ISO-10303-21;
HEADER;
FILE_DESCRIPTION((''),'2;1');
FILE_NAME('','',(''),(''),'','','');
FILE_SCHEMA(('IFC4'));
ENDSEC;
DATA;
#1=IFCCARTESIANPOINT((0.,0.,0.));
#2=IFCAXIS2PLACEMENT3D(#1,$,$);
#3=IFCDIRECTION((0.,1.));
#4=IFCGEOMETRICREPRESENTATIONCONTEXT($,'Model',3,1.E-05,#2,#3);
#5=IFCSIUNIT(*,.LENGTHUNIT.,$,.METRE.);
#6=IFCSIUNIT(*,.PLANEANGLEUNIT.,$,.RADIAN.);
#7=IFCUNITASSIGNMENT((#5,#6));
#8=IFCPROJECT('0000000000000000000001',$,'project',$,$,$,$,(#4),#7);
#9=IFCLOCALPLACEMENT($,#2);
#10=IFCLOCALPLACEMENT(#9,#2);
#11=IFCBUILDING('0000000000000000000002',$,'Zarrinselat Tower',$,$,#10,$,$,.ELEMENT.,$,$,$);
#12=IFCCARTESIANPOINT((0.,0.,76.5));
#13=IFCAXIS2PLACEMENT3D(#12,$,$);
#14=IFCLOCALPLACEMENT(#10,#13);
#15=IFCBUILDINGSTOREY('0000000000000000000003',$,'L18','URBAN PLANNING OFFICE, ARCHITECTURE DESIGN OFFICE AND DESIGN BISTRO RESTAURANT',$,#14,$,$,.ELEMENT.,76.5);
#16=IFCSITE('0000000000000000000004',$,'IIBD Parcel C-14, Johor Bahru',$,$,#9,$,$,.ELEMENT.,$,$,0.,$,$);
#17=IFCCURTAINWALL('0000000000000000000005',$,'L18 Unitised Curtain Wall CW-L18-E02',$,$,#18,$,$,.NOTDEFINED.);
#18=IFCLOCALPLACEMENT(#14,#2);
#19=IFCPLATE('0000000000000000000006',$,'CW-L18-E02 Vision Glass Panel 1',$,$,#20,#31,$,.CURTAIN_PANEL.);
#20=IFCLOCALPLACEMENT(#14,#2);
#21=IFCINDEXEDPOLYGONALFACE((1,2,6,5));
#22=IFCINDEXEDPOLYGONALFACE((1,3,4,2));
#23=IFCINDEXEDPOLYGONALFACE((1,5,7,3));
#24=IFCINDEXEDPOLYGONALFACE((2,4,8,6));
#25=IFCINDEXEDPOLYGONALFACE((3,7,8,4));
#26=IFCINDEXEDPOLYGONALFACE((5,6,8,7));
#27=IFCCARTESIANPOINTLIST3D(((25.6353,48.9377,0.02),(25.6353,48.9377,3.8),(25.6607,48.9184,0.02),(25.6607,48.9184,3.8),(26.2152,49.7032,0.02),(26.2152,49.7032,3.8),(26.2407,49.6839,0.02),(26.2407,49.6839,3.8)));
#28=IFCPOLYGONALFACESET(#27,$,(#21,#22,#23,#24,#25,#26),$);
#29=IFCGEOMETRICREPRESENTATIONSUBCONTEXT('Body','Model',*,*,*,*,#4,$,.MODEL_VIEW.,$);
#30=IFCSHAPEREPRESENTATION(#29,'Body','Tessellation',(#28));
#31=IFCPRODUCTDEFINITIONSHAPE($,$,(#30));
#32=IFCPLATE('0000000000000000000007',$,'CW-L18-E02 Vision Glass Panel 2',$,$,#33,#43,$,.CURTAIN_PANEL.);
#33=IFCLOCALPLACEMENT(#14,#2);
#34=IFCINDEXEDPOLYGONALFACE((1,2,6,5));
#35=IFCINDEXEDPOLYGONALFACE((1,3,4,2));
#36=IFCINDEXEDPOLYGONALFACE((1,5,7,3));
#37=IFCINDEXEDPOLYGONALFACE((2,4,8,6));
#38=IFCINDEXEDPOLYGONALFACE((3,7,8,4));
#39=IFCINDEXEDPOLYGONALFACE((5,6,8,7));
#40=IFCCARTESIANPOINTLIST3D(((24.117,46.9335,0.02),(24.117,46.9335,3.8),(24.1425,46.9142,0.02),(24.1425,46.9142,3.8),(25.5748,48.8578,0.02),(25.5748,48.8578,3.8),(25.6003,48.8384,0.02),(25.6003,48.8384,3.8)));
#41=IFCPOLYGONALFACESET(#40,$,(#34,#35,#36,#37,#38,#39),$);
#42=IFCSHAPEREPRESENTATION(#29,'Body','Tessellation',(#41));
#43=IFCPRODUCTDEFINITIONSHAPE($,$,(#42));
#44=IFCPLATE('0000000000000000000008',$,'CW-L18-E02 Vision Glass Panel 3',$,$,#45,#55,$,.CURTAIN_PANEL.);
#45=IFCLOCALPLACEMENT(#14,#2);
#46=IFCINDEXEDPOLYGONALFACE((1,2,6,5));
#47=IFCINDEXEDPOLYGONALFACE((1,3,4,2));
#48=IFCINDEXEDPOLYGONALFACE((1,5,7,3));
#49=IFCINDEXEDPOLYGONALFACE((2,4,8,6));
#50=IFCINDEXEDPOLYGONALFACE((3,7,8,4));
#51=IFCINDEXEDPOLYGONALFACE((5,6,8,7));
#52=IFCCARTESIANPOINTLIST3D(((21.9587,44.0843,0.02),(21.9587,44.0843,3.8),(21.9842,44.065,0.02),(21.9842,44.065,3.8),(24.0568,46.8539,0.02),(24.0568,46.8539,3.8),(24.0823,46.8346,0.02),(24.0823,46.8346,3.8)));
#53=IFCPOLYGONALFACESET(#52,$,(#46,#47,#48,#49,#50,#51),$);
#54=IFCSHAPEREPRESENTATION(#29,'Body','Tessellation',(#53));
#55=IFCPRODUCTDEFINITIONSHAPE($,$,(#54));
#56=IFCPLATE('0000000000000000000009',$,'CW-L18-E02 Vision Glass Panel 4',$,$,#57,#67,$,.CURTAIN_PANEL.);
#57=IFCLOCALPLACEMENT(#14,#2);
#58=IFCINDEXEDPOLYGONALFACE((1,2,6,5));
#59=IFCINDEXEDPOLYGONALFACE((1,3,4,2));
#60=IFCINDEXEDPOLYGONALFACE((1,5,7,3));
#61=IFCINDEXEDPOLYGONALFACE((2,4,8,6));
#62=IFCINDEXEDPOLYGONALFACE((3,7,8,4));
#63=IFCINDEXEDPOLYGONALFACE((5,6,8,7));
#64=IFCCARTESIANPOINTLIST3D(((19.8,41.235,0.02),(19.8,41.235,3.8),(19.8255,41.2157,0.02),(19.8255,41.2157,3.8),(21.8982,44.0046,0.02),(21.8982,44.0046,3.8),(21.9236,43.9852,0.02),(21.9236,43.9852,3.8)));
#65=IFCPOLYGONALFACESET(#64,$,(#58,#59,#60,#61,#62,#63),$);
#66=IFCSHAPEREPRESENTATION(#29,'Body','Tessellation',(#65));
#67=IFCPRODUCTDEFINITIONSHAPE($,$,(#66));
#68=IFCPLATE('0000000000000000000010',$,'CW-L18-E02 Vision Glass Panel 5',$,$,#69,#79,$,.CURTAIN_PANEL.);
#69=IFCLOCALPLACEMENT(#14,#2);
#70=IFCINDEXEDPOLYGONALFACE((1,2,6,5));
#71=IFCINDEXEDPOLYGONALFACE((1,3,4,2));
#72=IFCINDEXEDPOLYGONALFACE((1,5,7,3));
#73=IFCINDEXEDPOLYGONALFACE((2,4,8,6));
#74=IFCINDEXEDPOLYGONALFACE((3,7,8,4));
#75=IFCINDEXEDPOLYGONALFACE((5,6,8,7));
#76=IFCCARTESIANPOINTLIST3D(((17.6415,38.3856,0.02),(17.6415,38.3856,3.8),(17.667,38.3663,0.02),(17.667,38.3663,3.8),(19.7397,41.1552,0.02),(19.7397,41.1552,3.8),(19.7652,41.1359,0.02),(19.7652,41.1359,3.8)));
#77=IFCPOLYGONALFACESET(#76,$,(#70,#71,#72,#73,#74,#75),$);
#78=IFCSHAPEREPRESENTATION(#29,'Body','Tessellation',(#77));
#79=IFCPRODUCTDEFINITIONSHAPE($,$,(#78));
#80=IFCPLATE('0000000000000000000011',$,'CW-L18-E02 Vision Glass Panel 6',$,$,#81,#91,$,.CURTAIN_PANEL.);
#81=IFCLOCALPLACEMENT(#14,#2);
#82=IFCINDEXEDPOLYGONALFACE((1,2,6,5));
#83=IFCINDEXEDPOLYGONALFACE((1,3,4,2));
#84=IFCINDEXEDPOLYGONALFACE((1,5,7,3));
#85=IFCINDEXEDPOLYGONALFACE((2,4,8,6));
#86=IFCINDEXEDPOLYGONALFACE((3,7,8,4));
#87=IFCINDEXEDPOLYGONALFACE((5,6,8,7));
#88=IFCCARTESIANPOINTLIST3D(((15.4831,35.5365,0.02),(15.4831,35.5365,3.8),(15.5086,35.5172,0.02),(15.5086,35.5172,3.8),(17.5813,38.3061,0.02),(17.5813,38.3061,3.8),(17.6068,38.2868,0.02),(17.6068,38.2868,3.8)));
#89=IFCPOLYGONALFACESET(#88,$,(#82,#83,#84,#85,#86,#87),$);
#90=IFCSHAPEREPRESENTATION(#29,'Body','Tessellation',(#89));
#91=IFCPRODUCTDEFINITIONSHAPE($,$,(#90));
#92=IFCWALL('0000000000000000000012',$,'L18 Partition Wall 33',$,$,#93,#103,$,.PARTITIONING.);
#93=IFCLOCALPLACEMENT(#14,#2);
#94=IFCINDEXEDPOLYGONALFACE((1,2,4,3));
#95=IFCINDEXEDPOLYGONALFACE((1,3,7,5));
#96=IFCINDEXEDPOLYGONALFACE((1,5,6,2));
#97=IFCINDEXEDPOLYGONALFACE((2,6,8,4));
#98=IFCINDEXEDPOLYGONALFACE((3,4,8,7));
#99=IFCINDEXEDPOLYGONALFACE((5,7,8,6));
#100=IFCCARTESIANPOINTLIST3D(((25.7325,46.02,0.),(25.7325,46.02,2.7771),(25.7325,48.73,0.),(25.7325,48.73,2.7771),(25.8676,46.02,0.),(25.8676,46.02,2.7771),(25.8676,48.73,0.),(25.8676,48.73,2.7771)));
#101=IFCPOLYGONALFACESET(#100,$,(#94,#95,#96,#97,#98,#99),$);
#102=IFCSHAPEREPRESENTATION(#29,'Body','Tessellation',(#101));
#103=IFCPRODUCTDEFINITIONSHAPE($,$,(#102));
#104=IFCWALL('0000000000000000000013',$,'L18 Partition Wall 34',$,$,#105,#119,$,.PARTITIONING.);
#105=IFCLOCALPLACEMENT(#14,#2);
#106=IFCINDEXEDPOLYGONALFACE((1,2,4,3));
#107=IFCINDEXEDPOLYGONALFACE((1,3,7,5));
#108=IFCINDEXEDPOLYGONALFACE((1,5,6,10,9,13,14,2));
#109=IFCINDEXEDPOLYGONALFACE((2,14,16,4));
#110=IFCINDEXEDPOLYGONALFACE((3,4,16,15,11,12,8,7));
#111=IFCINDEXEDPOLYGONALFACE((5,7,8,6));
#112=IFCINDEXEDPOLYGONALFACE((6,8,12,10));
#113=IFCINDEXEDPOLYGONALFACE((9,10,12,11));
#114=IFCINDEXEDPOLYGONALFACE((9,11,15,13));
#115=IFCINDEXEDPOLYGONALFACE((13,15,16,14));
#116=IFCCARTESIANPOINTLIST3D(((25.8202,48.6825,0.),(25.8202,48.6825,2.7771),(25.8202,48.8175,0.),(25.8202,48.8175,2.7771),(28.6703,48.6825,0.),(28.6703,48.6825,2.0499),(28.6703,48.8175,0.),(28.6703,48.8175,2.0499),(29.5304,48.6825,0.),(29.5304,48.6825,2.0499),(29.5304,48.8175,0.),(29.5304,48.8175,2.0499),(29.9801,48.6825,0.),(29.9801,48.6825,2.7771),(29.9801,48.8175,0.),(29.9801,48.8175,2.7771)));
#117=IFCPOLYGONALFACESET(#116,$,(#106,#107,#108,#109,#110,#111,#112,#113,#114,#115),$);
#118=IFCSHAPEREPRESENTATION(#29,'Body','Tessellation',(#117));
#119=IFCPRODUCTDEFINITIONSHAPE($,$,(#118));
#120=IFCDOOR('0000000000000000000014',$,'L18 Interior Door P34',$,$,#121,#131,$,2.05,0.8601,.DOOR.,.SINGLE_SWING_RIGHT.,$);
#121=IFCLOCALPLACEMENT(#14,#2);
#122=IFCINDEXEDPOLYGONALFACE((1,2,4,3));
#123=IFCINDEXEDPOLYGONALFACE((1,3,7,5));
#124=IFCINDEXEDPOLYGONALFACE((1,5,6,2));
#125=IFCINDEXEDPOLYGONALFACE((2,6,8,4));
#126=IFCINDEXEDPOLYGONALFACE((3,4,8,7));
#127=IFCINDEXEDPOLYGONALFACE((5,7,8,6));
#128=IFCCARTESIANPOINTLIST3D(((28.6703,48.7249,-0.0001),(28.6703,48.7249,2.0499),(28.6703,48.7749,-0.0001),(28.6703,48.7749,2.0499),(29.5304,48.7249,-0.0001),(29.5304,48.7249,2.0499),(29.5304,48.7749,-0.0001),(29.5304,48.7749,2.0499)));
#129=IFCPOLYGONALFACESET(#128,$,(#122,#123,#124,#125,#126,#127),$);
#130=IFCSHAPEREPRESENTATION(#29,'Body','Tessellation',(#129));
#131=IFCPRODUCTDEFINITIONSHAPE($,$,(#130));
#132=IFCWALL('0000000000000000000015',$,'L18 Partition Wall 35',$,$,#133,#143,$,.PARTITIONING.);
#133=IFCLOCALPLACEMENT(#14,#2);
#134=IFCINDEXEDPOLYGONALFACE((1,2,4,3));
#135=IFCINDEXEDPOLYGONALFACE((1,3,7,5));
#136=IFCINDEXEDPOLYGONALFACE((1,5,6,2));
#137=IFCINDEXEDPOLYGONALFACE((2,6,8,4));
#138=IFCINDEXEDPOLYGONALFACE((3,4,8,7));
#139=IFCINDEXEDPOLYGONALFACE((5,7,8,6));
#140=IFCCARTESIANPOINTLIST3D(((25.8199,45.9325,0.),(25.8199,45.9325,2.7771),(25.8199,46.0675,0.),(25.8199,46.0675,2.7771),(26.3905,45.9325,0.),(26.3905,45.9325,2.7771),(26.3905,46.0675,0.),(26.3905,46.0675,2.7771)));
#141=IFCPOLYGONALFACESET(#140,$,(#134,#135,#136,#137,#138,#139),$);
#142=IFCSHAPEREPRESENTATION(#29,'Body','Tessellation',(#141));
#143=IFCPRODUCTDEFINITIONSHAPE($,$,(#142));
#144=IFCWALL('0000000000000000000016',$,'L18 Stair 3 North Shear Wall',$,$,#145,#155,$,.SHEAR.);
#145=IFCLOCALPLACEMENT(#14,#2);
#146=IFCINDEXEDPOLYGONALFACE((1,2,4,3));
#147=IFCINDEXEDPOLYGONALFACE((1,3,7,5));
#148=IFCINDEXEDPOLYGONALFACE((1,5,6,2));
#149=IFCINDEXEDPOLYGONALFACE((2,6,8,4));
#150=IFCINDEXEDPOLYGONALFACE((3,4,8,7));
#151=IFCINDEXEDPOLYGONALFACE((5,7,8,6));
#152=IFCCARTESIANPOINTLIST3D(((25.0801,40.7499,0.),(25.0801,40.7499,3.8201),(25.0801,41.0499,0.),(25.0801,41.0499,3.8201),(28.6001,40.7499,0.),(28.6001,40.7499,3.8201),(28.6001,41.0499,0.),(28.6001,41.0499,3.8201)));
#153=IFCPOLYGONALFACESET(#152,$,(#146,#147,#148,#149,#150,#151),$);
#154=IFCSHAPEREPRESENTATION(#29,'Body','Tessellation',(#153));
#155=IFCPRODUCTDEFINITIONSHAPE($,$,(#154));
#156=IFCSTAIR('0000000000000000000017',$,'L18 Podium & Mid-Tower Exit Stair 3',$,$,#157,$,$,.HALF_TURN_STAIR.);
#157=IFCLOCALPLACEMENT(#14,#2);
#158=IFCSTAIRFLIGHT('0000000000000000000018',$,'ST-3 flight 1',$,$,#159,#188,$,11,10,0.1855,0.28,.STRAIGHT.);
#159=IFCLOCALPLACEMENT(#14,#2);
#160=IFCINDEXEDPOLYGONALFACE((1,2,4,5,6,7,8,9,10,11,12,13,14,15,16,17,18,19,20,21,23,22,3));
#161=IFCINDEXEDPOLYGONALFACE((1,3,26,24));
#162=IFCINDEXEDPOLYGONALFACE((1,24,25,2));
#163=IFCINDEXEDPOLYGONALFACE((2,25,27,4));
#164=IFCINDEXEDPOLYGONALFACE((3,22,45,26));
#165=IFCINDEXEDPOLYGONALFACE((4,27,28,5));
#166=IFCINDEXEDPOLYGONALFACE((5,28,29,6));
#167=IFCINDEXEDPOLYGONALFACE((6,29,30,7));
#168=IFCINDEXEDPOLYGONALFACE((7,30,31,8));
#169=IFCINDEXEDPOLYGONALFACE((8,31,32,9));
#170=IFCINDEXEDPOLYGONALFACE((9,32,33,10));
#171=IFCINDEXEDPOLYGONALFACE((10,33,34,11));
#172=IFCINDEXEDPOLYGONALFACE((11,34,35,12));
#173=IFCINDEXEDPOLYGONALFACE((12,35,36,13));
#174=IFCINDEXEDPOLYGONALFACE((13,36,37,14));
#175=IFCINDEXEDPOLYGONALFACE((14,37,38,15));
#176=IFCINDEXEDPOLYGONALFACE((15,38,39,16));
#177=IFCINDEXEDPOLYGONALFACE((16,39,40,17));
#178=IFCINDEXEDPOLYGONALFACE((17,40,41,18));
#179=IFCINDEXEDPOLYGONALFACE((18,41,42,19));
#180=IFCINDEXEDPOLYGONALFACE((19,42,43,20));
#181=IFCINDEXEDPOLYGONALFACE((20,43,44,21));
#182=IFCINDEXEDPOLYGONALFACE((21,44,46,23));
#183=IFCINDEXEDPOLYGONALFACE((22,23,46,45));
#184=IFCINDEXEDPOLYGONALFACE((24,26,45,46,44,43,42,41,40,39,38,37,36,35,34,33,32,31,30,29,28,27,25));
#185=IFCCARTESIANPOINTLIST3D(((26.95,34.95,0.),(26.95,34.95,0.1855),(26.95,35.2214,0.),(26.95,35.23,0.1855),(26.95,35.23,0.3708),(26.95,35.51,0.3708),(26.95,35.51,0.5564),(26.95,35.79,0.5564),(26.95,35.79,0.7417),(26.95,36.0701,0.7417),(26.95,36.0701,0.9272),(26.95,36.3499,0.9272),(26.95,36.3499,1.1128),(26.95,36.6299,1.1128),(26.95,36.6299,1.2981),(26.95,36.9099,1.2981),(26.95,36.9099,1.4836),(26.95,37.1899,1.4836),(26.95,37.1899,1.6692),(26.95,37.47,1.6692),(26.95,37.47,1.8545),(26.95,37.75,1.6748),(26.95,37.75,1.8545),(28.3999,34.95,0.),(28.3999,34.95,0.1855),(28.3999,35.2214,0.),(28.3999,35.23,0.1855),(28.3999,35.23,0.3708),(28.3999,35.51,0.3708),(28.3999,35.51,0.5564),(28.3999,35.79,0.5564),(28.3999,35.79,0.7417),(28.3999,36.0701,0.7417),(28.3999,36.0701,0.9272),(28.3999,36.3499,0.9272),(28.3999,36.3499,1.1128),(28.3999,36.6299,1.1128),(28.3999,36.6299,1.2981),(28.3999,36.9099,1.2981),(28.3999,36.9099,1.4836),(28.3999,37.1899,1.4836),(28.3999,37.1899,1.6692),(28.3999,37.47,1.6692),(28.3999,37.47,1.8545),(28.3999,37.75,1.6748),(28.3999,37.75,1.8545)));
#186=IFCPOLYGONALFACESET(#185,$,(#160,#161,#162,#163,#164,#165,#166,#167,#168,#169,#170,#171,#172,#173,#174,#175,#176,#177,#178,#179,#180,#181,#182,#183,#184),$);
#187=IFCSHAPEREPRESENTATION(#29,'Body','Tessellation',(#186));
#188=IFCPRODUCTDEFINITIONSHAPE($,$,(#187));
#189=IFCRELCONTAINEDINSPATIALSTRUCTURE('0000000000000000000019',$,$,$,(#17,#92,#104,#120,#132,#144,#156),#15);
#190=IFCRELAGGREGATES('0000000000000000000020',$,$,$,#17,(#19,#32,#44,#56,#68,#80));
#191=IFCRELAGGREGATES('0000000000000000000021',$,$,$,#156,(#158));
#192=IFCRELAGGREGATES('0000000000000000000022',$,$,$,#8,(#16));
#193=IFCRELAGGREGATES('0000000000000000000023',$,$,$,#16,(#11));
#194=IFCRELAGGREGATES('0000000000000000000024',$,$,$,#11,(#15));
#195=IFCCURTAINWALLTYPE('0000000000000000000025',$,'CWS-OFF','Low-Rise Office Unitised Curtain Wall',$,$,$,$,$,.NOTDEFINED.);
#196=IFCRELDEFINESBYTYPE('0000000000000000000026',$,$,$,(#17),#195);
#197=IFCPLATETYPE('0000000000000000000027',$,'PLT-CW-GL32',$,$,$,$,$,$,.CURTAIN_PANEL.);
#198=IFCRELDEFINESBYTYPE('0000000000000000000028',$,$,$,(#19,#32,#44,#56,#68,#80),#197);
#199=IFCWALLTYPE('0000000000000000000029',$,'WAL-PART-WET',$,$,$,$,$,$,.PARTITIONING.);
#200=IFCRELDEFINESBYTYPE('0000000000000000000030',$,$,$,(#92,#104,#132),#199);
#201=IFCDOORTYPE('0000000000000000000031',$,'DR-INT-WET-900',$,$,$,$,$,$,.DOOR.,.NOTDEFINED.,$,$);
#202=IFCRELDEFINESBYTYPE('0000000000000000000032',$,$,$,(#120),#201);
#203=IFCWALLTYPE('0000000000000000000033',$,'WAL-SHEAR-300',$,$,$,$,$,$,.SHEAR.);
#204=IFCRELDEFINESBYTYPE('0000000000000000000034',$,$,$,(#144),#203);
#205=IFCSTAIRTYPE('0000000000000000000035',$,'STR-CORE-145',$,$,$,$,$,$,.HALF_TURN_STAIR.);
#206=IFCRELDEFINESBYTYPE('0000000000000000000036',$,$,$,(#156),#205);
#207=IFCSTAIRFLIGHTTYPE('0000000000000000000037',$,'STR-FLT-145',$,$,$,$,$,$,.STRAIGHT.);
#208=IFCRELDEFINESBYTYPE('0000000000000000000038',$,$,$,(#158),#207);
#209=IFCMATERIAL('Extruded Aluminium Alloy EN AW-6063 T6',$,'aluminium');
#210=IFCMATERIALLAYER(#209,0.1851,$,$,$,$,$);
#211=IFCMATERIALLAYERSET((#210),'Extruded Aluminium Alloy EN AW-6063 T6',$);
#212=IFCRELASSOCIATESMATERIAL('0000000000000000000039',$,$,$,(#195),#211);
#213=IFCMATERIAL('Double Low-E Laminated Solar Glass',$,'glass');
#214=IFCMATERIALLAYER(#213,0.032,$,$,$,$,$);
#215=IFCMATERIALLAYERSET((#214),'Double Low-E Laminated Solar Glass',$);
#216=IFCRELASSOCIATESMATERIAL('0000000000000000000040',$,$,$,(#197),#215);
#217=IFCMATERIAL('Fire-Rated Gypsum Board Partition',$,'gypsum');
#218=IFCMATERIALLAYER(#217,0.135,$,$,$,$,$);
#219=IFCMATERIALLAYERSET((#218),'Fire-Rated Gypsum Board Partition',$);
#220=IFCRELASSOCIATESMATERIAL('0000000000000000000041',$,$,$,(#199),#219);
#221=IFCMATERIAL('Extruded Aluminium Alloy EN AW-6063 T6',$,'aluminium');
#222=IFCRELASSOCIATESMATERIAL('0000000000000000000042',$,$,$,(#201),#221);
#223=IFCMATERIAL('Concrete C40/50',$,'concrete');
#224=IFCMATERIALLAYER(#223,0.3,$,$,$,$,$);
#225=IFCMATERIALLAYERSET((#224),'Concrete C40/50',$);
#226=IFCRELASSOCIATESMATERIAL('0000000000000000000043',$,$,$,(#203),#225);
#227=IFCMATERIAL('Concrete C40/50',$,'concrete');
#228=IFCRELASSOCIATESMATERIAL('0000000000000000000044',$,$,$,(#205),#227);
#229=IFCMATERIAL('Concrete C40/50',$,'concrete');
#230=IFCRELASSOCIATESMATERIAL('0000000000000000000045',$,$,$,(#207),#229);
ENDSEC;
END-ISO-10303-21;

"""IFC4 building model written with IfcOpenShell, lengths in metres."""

from ifc_helpers import new_model, si_unit, direction, frame, frame_2d, origin, origin_2d, place, context, subcontext, project, spatial, polyline, rectangle, outline, extrude, material, layer, layer_set, type_object, element, fill, aggregate, save


model = new_model("IFC4")

# Units and contexts
model_context = context("Model", 3, precision=1e-05, world=origin(), true_north=direction((0.0, 1.0)))
body_context = subcontext(model_context, "Body", "Model", "MODEL_VIEW")
ifc_project = project(units=[si_unit("LENGTHUNIT", "METRE"), si_unit("PLANEANGLEUNIT", "RADIAN")], contexts=[model_context])

# Site, building, storey
site_placement = place(None, origin())
site = spatial("IfcSite", under=ifc_project, at=site_placement, Name="IIBD Parcel C-14, Johor Bahru", CompositionType="ELEMENT", RefElevation=0.0)
building_placement = place(site_placement, origin())
building = spatial("IfcBuilding", under=site, at=building_placement, Name="Zarrinselat Tower", CompositionType="ELEMENT")
storey_placement = place(building_placement, frame((0.0, 0.0, 76.5)))
storey = spatial("IfcBuildingStorey", under=building, at=storey_placement, Name="L18", Description="URBAN PLANNING OFFICE, ARCHITECTURE DESIGN OFFICE AND DESIGN BISTRO RESTAURANT", CompositionType="ELEMENT", Elevation=76.5)

# Shared definitions
ifc_material_1 = material(Name="Extruded Aluminium Alloy EN AW-6063 T6", Category="aluminium")
ifc_layer_1 = layer(ifc_material_1, 0.1851)
ifc_layer_set_1 = layer_set([ifc_layer_1], Name="Extruded Aluminium Alloy EN AW-6063 T6")
curtain_wall_type = type_object("IfcCurtainWallType", Name="CWS-OFF", Description="Low-Rise Office Unitised Curtain Wall", PredefinedType="NOTDEFINED", material=ifc_layer_set_1)

# Curtain wall
curtain_wall_1_placement = place(storey_placement, origin())
curtain_wall_1 = element("IfcCurtainWall", 1, at=curtain_wall_1_placement, inside=storey, type_object=curtain_wall_type, Name="L18 Unitised Curtain Wall CW-L18-E02", PredefinedType="NOTDEFINED")

# Plates
ifc_material_2 = material(Name="Double Low-E Laminated Solar Glass", Category="glass")
ifc_layer_2 = layer(ifc_material_2, 0.032)
ifc_layer_set_2 = layer_set([ifc_layer_2], Name="Double Low-E Laminated Solar Glass")
plate_type = type_object("IfcPlateType", Name="PLT-CW-GL32", PredefinedType="CURTAIN_PANEL", material=ifc_layer_set_2)
plate_1_placement = place(storey_placement, frame((25.938, 49.3108, 0.02), z_axis=(0.0, 0.0, 1.0), x_axis=(-0.603857, -0.797093, 0.0)))
plate_1 = element("IfcPlate", 2, at=plate_1_placement, type_object=plate_type, Name="CW-L18-E02 Vision Glass Panel 1", PredefinedType="CURTAIN_PANEL", context=body_context, shape_type="SweptSolid", body=[
    extrude(rectangle(XDim=0.9604, YDim=0.032, at=origin_2d()), origin(), (0.0, 0.0, 1.0), 3.78),
])
plate_2_placement = place(storey_placement, frame((24.8586, 47.886, 0.02), z_axis=(0.0, 0.0, 1.0), x_axis=(-0.603857, -0.797093, 0.0)))
plate_2 = element("IfcPlate", 3, at=plate_2_placement, type_object=plate_type, Name="CW-L18-E02 Vision Glass Panel 2", PredefinedType="CURTAIN_PANEL", context=body_context, shape_type="SweptSolid", body=[
    extrude(rectangle(XDim=2.4141, YDim=0.032, at=origin_2d()), origin(), (0.0, 0.0, 1.0), 3.78),
])
plate_3_placement = place(storey_placement, frame((23.0205, 45.4595, 0.02), z_axis=(0.0, 0.0, 1.0), x_axis=(-0.603857, -0.797093, 0.0)))
plate_3 = element("IfcPlate", 4, at=plate_3_placement, type_object=plate_type, Name="CW-L18-E02 Vision Glass Panel 3", PredefinedType="CURTAIN_PANEL", context=body_context, shape_type="SweptSolid", body=[
    extrude(rectangle(XDim=3.4746, YDim=0.032, at=origin_2d()), origin(), (0.0, 0.0, 1.0), 3.78),
])
plate_4_placement = place(storey_placement, frame((20.8618, 42.6101, 0.02), z_axis=(0.0, 0.0, 1.0), x_axis=(-0.603857, -0.797093, 0.0)))
plate_4 = element("IfcPlate", 5, at=plate_4_placement, type_object=plate_type, Name="CW-L18-E02 Vision Glass Panel 4", PredefinedType="CURTAIN_PANEL", context=body_context, shape_type="SweptSolid", body=[
    extrude(rectangle(XDim=3.4746, YDim=0.032, at=origin_2d()), origin(), (0.0, 0.0, 1.0), 3.78),
])
plate_5_placement = place(storey_placement, frame((18.7034, 39.7607, 0.02), z_axis=(0.0, 0.0, 1.0), x_axis=(-0.603857, -0.797093, 0.0)))
plate_5 = element("IfcPlate", 6, at=plate_5_placement, type_object=plate_type, Name="CW-L18-E02 Vision Glass Panel 5", PredefinedType="CURTAIN_PANEL", context=body_context, shape_type="SweptSolid", body=[
    extrude(rectangle(XDim=3.4746, YDim=0.032, at=origin_2d()), origin(), (0.0, 0.0, 1.0), 3.78),
])
plate_6_placement = place(storey_placement, frame((16.5449, 36.9116, 0.02), z_axis=(0.0, 0.0, 1.0), x_axis=(-0.603857, -0.797093, 0.0)))
plate_6 = element("IfcPlate", 7, at=plate_6_placement, type_object=plate_type, Name="CW-L18-E02 Vision Glass Panel 6", PredefinedType="CURTAIN_PANEL", context=body_context, shape_type="SweptSolid", body=[
    extrude(rectangle(XDim=3.4746, YDim=0.032, at=origin_2d()), origin(), (0.0, 0.0, 1.0), 3.78),
])
aggregate(curtain_wall_1, [plate_1, plate_2, plate_3, plate_4, plate_5, plate_6])

# Wall
ifc_material_3 = material(Name="Fire-Rated Gypsum Board Partition", Category="gypsum")
ifc_layer_3 = layer(ifc_material_3, 0.135)
ifc_layer_set_3 = layer_set([ifc_layer_3], Name="Fire-Rated Gypsum Board Partition")
wall_type_1 = type_object("IfcWallType", Name="WAL-PART-WET", PredefinedType="PARTITIONING", material=ifc_layer_set_3)
wall_1_placement = place(storey_placement, frame((25.8, 46.02, 0.0), z_axis=(0.0, 0.0, 1.0), x_axis=(0.0, 1.0, 0.0)))
element("IfcWall", 8, at=wall_1_placement, inside=storey, type_object=wall_type_1, Name="L18 Partition Wall 33", PredefinedType="PARTITIONING", context=body_context, shape_type="SweptSolid", body=[
    extrude(rectangle(XDim=2.71, YDim=0.135, at=frame_2d((1.355, 0.0))), origin(), (0.0, 0.0, 1.0), 2.7771),
])

# Wall, opening, door
wall_2_placement = place(storey_placement, frame((25.8201, 48.75, 0.0), z_axis=(0.0, 0.0, 1.0), x_axis=(1.0, 0.0, 0.0)))
wall_2 = element("IfcWall", 9, at=wall_2_placement, inside=storey, type_object=wall_type_1, Name="L18 Partition Wall 34", PredefinedType="PARTITIONING", context=body_context, shape_type="SweptSolid", body=[
    extrude(rectangle(XDim=4.1599, YDim=0.135, at=frame_2d((2.0801, 0.0))), origin(), (0.0, 0.0, 1.0), 2.7771),
])
opening_placement = place(wall_2_placement, frame((2.8501, 0.0, 0.0)))
opening = element("IfcOpeningElement", 10, at=opening_placement, cuts=wall_2, PredefinedType="OPENING", context=body_context, shape_type="SweptSolid", body=[
    extrude(rectangle(XDim=0.8601, YDim=2.05, at=frame_2d((0.4302, 1.0249))), frame((0.0, 0.0774, 0.0), z_axis=(0.0, -1.0, 0.0), x_axis=(1.0, 0.0, 0.0)), (0.0, 0.0, 1.0), 0.155),
])
ifc_material_4 = material(Name="Extruded Aluminium Alloy EN AW-6063 T6", Category="aluminium")
door_type = type_object("IfcDoorType", Name="DR-INT-WET-900", OperationType="NOTDEFINED", PredefinedType="DOOR", material=ifc_material_4)
door_placement = place(opening_placement, origin())
door = element("IfcDoor", 11, at=door_placement, inside=storey, type_object=door_type, Name="L18 Interior Door P34", OperationType="SINGLE_SWING_RIGHT", OverallHeight=2.05, OverallWidth=0.8601, PredefinedType="DOOR", context=body_context, shape_type="SweptSolid", body=[
    extrude(rectangle(XDim=0.8601, YDim=2.05, at=frame_2d((0.4302, 1.0249))), frame((0.0, 0.0249, 0.0), z_axis=(0.0, -1.0, 0.0), x_axis=(1.0, 0.0, 0.0)), (0.0, 0.0, 1.0), 0.05),
])
fill(opening, door)

# Walls
wall_3_placement = place(storey_placement, frame((25.8201, 46.0, 0.0), z_axis=(0.0, 0.0, 1.0), x_axis=(1.0, 0.0, 0.0)))
element("IfcWall", 12, at=wall_3_placement, inside=storey, type_object=wall_type_1, Name="L18 Partition Wall 35", PredefinedType="PARTITIONING", context=body_context, shape_type="SweptSolid", body=[
    extrude(rectangle(XDim=0.5706, YDim=0.135, at=frame_2d((0.2852, 0.0))), origin(), (0.0, 0.0, 1.0), 2.7771),
])
ifc_material_5 = material(Name="Concrete C40/50", Category="concrete")
ifc_layer_4 = layer(ifc_material_5, 0.3)
ifc_layer_set_4 = layer_set([ifc_layer_4], Name="Concrete C40/50")
wall_type_2 = type_object("IfcWallType", Name="WAL-SHEAR-300", PredefinedType="SHEAR", material=ifc_layer_set_4)
wall_4_placement = place(storey_placement, frame((25.0801, 40.8999, 0.0), z_axis=(0.0, 0.0, 1.0), x_axis=(1.0, 0.0, 0.0)))
element("IfcWall", 13, at=wall_4_placement, inside=storey, type_object=wall_type_2, Name="L18 Stair 3 North Shear Wall", PredefinedType="SHEAR", context=body_context, shape_type="SweptSolid", body=[
    extrude(rectangle(XDim=3.52, YDim=0.3, at=frame_2d((1.76, 0.0))), origin(), (0.0, 0.0, 1.0), 3.8201),
])

# Stair, stair flight
ifc_material_6 = material(Name="Concrete C40/50", Category="concrete")
stair_type = type_object("IfcStairType", Name="STR-CORE-145", PredefinedType="HALF_TURN_STAIR", material=ifc_material_6)
stair_placement = place(storey_placement, origin())
stair = element("IfcStair", 14, at=stair_placement, inside=storey, type_object=stair_type, Name="L18 Podium & Mid-Tower Exit Stair 3", PredefinedType="HALF_TURN_STAIR")
ifc_material_7 = material(Name="Concrete C40/50", Category="concrete")
stair_flight_type = type_object("IfcStairFlightType", Name="STR-FLT-145", PredefinedType="STRAIGHT", material=ifc_material_7)
stair_flight_1_placement = place(storey_placement, frame((27.675, 34.95, 0.0), z_axis=(0.0, 0.0, 1.0), x_axis=(0.0, 1.0, 0.0)))
stair_flight_1 = element("IfcStairFlight", 15, at=stair_flight_1_placement, type_object=stair_flight_type, Name="ST-3 flight 1", NumberOfRisers=11, NumberOfTreads=10, PredefinedType="STRAIGHT", RiserHeight=0.1855, TreadLength=0.28, context=body_context, shape_type="SweptSolid", body=[
    extrude(outline(polyline([(0.0, 0.0), (0.0, 0.1855), (0.28, 0.1855), (0.28, 0.3708), (0.5601, 0.3708), (0.5601, 0.5564), (0.8401, 0.5564), (0.8401, 0.7417), (1.1201, 0.7417), (1.1201, 0.9272), (1.3999, 0.9272), (1.3999, 1.1128), (1.6799, 1.1128), (1.6799, 1.2981), (1.96, 1.2981), (1.96, 1.4836), (2.24, 1.4836), (2.24, 1.6692), (2.52, 1.6692), (2.52, 1.8545), (2.8, 1.8545), (2.8, 2.04), (2.8, 1.6748), (0.2715, 0.0), (0.0, 0.0)])), frame((0.0, 0.7251, 0.0), z_axis=(0.0, -1.0, 0.0), x_axis=(1.0, 0.0, 0.0)), (0.0, 0.0, 1.0), 1.45),
])
aggregate(stair, [stair_flight_1])

save(model, "model.ifc")
